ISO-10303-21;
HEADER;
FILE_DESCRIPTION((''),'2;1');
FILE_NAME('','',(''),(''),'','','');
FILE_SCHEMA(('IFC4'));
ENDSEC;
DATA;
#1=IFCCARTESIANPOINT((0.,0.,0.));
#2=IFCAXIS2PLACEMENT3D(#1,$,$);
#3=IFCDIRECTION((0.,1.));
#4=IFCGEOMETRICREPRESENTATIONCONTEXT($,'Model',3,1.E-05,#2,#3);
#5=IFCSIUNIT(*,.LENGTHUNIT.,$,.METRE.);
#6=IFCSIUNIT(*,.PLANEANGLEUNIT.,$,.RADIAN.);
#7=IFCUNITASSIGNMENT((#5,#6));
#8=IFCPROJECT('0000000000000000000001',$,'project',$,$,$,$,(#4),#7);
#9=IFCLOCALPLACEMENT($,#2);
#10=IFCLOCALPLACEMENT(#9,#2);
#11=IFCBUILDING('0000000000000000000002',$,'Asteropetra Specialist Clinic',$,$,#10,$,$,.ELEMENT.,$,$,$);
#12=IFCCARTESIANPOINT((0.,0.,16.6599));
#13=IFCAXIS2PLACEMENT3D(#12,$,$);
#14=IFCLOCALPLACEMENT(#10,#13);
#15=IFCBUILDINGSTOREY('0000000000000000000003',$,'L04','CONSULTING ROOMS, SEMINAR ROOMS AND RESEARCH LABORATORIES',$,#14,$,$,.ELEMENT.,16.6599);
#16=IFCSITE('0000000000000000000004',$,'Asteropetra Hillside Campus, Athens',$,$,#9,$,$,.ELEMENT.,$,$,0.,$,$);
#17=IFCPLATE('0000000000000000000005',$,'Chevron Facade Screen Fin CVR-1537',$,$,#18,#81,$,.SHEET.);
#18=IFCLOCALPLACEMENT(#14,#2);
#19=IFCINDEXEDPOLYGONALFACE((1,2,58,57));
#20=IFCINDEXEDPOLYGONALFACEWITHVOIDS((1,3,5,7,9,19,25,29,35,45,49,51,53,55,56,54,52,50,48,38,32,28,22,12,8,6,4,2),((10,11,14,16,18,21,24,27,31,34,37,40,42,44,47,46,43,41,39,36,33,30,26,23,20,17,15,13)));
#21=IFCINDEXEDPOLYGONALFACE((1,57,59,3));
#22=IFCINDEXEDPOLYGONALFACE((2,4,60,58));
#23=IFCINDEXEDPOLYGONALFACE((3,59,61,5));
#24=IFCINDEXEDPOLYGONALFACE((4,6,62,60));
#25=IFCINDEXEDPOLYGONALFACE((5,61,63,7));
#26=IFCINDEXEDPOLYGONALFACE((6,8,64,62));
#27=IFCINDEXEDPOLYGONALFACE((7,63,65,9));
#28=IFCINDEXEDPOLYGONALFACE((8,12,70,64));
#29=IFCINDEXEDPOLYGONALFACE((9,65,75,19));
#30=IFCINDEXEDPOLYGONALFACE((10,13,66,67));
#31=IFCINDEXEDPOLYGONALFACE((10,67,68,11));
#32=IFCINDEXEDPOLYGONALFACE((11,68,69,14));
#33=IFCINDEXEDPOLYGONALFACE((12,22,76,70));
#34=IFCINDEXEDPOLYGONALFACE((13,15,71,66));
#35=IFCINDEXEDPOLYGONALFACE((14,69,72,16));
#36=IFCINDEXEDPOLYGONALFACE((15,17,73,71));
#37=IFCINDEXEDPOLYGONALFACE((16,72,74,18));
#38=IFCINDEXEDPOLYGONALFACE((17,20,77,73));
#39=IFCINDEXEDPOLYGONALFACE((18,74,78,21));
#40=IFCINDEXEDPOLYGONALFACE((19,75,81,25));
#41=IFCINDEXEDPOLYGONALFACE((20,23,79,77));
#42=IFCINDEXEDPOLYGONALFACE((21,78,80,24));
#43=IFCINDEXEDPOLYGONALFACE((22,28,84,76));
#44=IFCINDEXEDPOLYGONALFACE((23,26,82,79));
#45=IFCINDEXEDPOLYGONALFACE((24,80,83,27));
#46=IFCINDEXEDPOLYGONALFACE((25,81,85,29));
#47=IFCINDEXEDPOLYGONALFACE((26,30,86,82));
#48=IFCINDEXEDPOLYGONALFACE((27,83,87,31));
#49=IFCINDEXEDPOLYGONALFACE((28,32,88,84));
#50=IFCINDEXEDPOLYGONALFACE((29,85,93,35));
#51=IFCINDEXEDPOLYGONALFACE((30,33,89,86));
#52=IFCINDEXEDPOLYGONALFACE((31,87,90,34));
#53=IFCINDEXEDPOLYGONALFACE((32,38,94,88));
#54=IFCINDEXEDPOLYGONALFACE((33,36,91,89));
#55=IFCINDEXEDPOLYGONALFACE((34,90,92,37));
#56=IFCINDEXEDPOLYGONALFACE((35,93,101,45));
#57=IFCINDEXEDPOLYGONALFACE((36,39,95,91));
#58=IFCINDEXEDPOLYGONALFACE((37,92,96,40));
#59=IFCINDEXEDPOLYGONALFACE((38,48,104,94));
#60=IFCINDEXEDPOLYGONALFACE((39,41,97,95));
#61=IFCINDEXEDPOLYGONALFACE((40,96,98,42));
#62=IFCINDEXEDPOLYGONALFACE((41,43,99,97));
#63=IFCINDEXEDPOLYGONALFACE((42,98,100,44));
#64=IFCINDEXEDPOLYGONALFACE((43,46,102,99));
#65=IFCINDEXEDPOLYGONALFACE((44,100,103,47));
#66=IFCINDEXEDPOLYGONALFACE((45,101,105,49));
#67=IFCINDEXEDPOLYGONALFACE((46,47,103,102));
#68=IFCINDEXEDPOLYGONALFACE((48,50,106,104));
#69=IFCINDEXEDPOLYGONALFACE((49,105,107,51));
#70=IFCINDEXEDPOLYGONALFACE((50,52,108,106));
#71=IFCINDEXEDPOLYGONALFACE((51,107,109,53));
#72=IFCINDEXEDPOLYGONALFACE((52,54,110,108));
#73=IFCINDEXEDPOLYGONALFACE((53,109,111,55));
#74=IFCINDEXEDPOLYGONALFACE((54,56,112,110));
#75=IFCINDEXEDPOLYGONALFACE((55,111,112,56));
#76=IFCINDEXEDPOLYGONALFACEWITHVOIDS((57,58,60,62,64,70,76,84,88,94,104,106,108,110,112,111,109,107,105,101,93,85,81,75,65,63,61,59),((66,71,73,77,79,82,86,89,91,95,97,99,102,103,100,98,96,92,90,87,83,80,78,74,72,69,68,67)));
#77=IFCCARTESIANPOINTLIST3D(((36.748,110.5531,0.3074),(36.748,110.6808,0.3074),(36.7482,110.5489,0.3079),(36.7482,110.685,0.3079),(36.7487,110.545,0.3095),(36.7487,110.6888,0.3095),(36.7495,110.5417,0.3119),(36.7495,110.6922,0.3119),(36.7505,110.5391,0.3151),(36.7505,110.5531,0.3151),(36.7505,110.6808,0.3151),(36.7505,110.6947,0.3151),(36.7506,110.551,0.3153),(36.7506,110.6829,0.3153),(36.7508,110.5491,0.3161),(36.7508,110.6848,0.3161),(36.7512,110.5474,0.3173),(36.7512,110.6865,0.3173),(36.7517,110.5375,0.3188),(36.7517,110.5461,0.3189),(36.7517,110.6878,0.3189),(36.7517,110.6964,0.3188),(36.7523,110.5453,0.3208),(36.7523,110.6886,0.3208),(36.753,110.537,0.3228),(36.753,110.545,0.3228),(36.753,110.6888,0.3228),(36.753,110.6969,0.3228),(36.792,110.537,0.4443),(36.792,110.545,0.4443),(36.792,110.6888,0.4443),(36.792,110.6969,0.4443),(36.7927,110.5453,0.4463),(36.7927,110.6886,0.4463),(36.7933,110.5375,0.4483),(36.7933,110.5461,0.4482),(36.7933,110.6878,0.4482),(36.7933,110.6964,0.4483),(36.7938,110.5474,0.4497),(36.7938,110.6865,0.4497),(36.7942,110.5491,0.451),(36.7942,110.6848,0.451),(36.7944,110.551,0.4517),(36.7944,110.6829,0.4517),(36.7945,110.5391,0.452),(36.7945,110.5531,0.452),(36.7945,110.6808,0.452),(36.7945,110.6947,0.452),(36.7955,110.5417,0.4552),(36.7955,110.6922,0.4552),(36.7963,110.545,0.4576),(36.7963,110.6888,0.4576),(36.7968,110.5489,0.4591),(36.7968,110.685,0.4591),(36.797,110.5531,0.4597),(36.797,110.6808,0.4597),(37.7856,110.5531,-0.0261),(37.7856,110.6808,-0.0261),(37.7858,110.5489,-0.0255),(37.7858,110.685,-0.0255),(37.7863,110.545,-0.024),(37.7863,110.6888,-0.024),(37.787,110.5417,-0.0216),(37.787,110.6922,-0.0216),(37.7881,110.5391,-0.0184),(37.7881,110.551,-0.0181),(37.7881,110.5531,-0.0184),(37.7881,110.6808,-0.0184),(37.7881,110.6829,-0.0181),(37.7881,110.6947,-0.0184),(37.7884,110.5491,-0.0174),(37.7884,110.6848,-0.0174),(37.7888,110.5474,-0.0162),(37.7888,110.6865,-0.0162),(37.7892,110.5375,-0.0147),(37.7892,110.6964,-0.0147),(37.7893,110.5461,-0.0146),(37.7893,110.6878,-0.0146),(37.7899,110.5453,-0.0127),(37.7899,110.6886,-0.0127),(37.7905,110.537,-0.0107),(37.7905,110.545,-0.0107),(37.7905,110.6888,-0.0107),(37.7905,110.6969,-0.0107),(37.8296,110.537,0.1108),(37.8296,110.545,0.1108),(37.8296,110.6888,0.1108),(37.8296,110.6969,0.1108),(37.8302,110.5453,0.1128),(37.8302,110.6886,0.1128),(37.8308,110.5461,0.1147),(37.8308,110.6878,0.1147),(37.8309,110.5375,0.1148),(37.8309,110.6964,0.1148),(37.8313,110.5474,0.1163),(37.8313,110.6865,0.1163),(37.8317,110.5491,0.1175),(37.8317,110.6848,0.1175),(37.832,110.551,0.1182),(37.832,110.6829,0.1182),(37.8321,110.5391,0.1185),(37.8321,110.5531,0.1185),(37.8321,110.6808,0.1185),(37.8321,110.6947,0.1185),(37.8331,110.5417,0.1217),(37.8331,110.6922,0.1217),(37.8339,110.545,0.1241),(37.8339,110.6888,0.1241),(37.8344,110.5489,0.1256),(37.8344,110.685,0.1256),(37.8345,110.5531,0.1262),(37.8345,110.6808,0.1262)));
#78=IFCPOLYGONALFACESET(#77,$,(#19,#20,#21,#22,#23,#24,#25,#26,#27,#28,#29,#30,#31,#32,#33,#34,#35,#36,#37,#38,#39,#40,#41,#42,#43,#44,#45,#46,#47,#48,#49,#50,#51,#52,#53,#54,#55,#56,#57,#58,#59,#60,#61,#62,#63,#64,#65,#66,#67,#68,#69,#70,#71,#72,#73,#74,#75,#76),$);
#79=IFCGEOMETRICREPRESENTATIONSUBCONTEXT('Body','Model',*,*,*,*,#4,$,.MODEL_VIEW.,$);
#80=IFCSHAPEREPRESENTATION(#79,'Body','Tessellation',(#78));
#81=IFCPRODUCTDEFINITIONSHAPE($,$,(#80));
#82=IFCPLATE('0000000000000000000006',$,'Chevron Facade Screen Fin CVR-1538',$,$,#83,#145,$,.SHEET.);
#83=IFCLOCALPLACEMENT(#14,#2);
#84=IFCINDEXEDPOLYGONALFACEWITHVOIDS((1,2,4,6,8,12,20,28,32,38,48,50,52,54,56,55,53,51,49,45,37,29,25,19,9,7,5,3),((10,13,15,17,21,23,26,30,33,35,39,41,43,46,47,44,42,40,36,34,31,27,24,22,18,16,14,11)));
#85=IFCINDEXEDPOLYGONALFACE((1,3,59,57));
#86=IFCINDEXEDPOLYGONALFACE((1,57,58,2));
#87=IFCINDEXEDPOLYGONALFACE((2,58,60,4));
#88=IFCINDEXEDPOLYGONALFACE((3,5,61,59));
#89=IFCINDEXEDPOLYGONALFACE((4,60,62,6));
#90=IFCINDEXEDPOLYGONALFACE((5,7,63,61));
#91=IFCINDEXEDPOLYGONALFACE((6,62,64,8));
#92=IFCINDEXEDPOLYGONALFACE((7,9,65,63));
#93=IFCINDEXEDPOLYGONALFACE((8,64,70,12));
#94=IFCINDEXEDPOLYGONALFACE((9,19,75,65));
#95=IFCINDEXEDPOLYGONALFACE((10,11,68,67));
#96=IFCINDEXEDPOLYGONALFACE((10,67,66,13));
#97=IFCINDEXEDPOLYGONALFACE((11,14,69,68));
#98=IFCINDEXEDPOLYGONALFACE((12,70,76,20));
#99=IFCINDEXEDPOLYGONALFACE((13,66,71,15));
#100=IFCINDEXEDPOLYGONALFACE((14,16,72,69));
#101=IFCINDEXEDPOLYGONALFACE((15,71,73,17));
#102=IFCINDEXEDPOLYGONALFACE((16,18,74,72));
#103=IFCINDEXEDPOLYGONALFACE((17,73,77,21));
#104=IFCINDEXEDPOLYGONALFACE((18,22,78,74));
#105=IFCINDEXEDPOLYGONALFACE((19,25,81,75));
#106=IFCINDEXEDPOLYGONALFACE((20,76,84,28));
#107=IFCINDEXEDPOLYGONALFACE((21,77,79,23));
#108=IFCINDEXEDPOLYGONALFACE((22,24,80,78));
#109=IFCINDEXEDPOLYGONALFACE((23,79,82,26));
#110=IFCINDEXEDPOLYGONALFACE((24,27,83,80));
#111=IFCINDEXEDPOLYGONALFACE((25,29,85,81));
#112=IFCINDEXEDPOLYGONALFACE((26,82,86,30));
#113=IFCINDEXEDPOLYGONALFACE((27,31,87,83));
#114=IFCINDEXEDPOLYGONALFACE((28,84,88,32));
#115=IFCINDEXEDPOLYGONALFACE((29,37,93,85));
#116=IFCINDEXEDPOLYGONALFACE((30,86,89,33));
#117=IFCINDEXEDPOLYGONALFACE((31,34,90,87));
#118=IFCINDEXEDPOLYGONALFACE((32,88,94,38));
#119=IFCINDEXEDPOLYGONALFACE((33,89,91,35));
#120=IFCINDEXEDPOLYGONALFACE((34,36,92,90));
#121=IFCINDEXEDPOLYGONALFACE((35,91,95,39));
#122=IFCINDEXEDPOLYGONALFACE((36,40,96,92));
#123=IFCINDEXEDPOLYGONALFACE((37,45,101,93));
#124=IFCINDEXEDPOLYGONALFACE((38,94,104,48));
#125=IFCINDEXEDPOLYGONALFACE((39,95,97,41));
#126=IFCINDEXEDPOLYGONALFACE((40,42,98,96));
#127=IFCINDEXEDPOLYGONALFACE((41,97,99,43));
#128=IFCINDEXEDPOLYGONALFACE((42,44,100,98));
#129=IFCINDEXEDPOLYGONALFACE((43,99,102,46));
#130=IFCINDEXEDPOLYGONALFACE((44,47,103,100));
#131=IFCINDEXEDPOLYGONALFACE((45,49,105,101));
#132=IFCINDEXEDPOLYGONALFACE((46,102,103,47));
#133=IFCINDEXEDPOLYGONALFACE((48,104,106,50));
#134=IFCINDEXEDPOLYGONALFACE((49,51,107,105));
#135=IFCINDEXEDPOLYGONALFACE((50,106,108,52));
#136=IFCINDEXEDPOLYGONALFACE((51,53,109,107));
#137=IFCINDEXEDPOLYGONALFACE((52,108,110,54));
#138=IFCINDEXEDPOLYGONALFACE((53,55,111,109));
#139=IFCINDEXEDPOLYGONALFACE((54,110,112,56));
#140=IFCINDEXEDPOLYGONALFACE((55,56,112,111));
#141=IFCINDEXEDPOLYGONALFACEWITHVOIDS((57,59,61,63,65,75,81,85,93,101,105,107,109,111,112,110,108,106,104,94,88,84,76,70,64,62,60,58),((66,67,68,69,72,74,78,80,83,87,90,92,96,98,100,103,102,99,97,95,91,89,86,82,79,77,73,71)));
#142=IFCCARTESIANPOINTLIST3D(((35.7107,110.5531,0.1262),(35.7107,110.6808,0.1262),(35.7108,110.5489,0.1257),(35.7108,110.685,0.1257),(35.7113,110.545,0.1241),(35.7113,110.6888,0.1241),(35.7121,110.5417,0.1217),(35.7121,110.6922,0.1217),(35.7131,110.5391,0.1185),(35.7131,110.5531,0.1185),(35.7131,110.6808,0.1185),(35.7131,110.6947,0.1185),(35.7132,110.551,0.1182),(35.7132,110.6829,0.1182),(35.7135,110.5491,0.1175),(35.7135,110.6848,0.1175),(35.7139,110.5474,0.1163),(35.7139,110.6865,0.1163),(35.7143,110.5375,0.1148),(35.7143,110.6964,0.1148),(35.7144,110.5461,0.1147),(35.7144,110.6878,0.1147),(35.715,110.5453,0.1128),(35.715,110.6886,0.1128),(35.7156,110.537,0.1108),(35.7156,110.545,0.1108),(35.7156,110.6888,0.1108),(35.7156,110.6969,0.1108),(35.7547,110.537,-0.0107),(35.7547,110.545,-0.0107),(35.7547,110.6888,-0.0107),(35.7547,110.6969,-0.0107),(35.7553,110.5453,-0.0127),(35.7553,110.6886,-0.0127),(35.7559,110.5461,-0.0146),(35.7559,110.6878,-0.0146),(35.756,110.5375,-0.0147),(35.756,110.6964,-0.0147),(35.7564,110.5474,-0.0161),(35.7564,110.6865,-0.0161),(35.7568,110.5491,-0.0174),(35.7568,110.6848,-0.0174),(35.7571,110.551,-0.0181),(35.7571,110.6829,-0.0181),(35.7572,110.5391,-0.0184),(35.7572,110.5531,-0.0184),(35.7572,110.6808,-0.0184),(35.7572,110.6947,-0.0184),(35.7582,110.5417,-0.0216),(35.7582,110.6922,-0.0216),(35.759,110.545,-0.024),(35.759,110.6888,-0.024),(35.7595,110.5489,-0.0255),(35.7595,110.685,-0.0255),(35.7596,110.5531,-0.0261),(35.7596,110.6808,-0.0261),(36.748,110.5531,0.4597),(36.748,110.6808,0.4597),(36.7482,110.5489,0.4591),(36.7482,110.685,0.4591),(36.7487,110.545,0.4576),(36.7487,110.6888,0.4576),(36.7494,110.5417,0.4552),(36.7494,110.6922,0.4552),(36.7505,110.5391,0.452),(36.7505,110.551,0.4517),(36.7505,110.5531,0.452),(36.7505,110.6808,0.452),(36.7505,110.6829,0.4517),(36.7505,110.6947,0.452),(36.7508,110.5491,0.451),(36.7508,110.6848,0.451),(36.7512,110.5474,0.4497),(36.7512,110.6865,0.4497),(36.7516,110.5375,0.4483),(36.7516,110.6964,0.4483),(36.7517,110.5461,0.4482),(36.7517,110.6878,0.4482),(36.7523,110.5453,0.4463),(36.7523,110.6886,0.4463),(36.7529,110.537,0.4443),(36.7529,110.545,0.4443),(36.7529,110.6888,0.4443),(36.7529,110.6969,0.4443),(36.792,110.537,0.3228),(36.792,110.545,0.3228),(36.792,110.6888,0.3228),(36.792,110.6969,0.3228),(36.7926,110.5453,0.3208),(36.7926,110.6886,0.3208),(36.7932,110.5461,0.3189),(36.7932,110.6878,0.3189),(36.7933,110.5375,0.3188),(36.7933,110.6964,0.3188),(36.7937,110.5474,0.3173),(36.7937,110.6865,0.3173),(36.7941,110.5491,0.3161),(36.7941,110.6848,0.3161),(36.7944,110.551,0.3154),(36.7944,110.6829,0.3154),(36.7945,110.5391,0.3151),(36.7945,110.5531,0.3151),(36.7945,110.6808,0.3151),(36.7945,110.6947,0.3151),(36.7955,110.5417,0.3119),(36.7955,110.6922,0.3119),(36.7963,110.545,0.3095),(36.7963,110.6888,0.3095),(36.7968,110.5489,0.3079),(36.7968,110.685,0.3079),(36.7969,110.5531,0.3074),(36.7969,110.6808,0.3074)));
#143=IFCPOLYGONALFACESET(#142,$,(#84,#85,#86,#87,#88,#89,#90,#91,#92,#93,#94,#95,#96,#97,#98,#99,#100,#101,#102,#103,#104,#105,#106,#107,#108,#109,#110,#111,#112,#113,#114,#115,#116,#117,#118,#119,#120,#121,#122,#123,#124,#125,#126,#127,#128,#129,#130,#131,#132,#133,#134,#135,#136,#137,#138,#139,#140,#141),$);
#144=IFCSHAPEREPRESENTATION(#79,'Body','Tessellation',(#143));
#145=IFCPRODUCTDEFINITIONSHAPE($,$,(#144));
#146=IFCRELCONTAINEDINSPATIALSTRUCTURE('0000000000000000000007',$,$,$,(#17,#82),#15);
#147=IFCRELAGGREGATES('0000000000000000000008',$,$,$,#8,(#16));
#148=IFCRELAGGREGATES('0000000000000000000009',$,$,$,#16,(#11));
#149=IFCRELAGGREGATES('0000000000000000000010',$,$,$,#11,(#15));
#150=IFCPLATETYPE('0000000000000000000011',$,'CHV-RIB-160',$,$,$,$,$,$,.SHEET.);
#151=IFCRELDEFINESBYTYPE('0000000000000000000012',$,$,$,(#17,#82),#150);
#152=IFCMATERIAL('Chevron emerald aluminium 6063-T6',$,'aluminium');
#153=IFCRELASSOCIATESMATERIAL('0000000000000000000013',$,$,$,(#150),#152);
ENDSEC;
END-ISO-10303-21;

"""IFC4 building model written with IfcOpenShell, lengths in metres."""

from ifc_helpers import new_model, si_unit, direction, frame, origin, origin_2d, place, context, subcontext, project, spatial, hollow_rectangle, extrude, material, material_profile, profile_set, type_object, element, save


model = new_model("IFC4")

# Units and contexts
model_context = context("Model", 3, precision=1e-05, world=origin(), true_north=direction((0.0, 1.0)))
body_context = subcontext(model_context, "Body", "Model", "MODEL_VIEW")
ifc_project = project(units=[si_unit("LENGTHUNIT", "METRE"), si_unit("PLANEANGLEUNIT", "RADIAN")], contexts=[model_context])

# Site, building, storey
site_placement = place(None, origin())
site = spatial("IfcSite", under=ifc_project, at=site_placement, Name="Asteropetra Hillside Campus, Athens", CompositionType="ELEMENT", RefElevation=0.0)
building_placement = place(site_placement, origin())
building = spatial("IfcBuilding", under=site, at=building_placement, Name="Asteropetra Specialist Clinic", CompositionType="ELEMENT")
storey_placement = place(building_placement, frame((0.0, 0.0, 16.6599)))
storey = spatial("IfcBuildingStorey", under=building, at=storey_placement, Name="L04", Description="CONSULTING ROOMS, SEMINAR ROOMS AND RESEARCH LABORATORIES", CompositionType="ELEMENT", Elevation=16.6599)

# Plates
ifc_material_1 = material(Name="Chevron emerald aluminium 6063-T6", Category="aluminium")
ifc_material_profile = material_profile(ifc_material_1, hollow_rectangle(XDim=0.1599, YDim=0.1599, WallThickness=0.0081, InnerFilletRadius=0.0081, OuterFilletRadius=0.0161, at=origin_2d()), Name="SHS 160x160x8.0")
ifc_profile_set = profile_set([ifc_material_profile], Name="Chevron emerald aluminium 6063-T6")
plate_type_1 = type_object("IfcPlateType", Name="CHV-RIB-160", PredefinedType="SHEET", material=ifc_profile_set)
plate_1_placement = place(storey_placement, frame((37.8101, 110.6169, 0.05), z_axis=(-0.952033, 0.0, 0.305995), x_axis=(0.0, -1.0, 0.0)))
element("IfcPlate", 1, at=plate_1_placement, inside=storey, type_object=plate_type_1, Name="Chevron Facade Screen Fin CVR-1537", PredefinedType="SHEET", context=body_context, shape_type="SweptSolid", body=[
    extrude(hollow_rectangle(XDim=0.1599, YDim=0.1599, WallThickness=0.0081, InnerFilletRadius=0.0081, OuterFilletRadius=0.0161, at=origin_2d()), origin(), (0.0, 0.0, 1.0), 1.0898),
])
plate_2_placement = place(storey_placement, frame((36.7725, 110.6169, 0.3835), z_axis=(-0.952012, 0.0, -0.30606), x_axis=(0.0, -1.0, 0.0)))
element("IfcPlate", 2, at=plate_2_placement, inside=storey, type_object=plate_type_1, Name="Chevron Facade Screen Fin CVR-1538", PredefinedType="SHEET", context=body_context, shape_type="SweptSolid", body=[
    extrude(hollow_rectangle(XDim=0.1599, YDim=0.1599, WallThickness=0.0081, InnerFilletRadius=0.0081, OuterFilletRadius=0.0161, at=origin_2d()), origin(), (0.0, 0.0, 1.0), 1.0896),
])

save(model, "model.ifc")
